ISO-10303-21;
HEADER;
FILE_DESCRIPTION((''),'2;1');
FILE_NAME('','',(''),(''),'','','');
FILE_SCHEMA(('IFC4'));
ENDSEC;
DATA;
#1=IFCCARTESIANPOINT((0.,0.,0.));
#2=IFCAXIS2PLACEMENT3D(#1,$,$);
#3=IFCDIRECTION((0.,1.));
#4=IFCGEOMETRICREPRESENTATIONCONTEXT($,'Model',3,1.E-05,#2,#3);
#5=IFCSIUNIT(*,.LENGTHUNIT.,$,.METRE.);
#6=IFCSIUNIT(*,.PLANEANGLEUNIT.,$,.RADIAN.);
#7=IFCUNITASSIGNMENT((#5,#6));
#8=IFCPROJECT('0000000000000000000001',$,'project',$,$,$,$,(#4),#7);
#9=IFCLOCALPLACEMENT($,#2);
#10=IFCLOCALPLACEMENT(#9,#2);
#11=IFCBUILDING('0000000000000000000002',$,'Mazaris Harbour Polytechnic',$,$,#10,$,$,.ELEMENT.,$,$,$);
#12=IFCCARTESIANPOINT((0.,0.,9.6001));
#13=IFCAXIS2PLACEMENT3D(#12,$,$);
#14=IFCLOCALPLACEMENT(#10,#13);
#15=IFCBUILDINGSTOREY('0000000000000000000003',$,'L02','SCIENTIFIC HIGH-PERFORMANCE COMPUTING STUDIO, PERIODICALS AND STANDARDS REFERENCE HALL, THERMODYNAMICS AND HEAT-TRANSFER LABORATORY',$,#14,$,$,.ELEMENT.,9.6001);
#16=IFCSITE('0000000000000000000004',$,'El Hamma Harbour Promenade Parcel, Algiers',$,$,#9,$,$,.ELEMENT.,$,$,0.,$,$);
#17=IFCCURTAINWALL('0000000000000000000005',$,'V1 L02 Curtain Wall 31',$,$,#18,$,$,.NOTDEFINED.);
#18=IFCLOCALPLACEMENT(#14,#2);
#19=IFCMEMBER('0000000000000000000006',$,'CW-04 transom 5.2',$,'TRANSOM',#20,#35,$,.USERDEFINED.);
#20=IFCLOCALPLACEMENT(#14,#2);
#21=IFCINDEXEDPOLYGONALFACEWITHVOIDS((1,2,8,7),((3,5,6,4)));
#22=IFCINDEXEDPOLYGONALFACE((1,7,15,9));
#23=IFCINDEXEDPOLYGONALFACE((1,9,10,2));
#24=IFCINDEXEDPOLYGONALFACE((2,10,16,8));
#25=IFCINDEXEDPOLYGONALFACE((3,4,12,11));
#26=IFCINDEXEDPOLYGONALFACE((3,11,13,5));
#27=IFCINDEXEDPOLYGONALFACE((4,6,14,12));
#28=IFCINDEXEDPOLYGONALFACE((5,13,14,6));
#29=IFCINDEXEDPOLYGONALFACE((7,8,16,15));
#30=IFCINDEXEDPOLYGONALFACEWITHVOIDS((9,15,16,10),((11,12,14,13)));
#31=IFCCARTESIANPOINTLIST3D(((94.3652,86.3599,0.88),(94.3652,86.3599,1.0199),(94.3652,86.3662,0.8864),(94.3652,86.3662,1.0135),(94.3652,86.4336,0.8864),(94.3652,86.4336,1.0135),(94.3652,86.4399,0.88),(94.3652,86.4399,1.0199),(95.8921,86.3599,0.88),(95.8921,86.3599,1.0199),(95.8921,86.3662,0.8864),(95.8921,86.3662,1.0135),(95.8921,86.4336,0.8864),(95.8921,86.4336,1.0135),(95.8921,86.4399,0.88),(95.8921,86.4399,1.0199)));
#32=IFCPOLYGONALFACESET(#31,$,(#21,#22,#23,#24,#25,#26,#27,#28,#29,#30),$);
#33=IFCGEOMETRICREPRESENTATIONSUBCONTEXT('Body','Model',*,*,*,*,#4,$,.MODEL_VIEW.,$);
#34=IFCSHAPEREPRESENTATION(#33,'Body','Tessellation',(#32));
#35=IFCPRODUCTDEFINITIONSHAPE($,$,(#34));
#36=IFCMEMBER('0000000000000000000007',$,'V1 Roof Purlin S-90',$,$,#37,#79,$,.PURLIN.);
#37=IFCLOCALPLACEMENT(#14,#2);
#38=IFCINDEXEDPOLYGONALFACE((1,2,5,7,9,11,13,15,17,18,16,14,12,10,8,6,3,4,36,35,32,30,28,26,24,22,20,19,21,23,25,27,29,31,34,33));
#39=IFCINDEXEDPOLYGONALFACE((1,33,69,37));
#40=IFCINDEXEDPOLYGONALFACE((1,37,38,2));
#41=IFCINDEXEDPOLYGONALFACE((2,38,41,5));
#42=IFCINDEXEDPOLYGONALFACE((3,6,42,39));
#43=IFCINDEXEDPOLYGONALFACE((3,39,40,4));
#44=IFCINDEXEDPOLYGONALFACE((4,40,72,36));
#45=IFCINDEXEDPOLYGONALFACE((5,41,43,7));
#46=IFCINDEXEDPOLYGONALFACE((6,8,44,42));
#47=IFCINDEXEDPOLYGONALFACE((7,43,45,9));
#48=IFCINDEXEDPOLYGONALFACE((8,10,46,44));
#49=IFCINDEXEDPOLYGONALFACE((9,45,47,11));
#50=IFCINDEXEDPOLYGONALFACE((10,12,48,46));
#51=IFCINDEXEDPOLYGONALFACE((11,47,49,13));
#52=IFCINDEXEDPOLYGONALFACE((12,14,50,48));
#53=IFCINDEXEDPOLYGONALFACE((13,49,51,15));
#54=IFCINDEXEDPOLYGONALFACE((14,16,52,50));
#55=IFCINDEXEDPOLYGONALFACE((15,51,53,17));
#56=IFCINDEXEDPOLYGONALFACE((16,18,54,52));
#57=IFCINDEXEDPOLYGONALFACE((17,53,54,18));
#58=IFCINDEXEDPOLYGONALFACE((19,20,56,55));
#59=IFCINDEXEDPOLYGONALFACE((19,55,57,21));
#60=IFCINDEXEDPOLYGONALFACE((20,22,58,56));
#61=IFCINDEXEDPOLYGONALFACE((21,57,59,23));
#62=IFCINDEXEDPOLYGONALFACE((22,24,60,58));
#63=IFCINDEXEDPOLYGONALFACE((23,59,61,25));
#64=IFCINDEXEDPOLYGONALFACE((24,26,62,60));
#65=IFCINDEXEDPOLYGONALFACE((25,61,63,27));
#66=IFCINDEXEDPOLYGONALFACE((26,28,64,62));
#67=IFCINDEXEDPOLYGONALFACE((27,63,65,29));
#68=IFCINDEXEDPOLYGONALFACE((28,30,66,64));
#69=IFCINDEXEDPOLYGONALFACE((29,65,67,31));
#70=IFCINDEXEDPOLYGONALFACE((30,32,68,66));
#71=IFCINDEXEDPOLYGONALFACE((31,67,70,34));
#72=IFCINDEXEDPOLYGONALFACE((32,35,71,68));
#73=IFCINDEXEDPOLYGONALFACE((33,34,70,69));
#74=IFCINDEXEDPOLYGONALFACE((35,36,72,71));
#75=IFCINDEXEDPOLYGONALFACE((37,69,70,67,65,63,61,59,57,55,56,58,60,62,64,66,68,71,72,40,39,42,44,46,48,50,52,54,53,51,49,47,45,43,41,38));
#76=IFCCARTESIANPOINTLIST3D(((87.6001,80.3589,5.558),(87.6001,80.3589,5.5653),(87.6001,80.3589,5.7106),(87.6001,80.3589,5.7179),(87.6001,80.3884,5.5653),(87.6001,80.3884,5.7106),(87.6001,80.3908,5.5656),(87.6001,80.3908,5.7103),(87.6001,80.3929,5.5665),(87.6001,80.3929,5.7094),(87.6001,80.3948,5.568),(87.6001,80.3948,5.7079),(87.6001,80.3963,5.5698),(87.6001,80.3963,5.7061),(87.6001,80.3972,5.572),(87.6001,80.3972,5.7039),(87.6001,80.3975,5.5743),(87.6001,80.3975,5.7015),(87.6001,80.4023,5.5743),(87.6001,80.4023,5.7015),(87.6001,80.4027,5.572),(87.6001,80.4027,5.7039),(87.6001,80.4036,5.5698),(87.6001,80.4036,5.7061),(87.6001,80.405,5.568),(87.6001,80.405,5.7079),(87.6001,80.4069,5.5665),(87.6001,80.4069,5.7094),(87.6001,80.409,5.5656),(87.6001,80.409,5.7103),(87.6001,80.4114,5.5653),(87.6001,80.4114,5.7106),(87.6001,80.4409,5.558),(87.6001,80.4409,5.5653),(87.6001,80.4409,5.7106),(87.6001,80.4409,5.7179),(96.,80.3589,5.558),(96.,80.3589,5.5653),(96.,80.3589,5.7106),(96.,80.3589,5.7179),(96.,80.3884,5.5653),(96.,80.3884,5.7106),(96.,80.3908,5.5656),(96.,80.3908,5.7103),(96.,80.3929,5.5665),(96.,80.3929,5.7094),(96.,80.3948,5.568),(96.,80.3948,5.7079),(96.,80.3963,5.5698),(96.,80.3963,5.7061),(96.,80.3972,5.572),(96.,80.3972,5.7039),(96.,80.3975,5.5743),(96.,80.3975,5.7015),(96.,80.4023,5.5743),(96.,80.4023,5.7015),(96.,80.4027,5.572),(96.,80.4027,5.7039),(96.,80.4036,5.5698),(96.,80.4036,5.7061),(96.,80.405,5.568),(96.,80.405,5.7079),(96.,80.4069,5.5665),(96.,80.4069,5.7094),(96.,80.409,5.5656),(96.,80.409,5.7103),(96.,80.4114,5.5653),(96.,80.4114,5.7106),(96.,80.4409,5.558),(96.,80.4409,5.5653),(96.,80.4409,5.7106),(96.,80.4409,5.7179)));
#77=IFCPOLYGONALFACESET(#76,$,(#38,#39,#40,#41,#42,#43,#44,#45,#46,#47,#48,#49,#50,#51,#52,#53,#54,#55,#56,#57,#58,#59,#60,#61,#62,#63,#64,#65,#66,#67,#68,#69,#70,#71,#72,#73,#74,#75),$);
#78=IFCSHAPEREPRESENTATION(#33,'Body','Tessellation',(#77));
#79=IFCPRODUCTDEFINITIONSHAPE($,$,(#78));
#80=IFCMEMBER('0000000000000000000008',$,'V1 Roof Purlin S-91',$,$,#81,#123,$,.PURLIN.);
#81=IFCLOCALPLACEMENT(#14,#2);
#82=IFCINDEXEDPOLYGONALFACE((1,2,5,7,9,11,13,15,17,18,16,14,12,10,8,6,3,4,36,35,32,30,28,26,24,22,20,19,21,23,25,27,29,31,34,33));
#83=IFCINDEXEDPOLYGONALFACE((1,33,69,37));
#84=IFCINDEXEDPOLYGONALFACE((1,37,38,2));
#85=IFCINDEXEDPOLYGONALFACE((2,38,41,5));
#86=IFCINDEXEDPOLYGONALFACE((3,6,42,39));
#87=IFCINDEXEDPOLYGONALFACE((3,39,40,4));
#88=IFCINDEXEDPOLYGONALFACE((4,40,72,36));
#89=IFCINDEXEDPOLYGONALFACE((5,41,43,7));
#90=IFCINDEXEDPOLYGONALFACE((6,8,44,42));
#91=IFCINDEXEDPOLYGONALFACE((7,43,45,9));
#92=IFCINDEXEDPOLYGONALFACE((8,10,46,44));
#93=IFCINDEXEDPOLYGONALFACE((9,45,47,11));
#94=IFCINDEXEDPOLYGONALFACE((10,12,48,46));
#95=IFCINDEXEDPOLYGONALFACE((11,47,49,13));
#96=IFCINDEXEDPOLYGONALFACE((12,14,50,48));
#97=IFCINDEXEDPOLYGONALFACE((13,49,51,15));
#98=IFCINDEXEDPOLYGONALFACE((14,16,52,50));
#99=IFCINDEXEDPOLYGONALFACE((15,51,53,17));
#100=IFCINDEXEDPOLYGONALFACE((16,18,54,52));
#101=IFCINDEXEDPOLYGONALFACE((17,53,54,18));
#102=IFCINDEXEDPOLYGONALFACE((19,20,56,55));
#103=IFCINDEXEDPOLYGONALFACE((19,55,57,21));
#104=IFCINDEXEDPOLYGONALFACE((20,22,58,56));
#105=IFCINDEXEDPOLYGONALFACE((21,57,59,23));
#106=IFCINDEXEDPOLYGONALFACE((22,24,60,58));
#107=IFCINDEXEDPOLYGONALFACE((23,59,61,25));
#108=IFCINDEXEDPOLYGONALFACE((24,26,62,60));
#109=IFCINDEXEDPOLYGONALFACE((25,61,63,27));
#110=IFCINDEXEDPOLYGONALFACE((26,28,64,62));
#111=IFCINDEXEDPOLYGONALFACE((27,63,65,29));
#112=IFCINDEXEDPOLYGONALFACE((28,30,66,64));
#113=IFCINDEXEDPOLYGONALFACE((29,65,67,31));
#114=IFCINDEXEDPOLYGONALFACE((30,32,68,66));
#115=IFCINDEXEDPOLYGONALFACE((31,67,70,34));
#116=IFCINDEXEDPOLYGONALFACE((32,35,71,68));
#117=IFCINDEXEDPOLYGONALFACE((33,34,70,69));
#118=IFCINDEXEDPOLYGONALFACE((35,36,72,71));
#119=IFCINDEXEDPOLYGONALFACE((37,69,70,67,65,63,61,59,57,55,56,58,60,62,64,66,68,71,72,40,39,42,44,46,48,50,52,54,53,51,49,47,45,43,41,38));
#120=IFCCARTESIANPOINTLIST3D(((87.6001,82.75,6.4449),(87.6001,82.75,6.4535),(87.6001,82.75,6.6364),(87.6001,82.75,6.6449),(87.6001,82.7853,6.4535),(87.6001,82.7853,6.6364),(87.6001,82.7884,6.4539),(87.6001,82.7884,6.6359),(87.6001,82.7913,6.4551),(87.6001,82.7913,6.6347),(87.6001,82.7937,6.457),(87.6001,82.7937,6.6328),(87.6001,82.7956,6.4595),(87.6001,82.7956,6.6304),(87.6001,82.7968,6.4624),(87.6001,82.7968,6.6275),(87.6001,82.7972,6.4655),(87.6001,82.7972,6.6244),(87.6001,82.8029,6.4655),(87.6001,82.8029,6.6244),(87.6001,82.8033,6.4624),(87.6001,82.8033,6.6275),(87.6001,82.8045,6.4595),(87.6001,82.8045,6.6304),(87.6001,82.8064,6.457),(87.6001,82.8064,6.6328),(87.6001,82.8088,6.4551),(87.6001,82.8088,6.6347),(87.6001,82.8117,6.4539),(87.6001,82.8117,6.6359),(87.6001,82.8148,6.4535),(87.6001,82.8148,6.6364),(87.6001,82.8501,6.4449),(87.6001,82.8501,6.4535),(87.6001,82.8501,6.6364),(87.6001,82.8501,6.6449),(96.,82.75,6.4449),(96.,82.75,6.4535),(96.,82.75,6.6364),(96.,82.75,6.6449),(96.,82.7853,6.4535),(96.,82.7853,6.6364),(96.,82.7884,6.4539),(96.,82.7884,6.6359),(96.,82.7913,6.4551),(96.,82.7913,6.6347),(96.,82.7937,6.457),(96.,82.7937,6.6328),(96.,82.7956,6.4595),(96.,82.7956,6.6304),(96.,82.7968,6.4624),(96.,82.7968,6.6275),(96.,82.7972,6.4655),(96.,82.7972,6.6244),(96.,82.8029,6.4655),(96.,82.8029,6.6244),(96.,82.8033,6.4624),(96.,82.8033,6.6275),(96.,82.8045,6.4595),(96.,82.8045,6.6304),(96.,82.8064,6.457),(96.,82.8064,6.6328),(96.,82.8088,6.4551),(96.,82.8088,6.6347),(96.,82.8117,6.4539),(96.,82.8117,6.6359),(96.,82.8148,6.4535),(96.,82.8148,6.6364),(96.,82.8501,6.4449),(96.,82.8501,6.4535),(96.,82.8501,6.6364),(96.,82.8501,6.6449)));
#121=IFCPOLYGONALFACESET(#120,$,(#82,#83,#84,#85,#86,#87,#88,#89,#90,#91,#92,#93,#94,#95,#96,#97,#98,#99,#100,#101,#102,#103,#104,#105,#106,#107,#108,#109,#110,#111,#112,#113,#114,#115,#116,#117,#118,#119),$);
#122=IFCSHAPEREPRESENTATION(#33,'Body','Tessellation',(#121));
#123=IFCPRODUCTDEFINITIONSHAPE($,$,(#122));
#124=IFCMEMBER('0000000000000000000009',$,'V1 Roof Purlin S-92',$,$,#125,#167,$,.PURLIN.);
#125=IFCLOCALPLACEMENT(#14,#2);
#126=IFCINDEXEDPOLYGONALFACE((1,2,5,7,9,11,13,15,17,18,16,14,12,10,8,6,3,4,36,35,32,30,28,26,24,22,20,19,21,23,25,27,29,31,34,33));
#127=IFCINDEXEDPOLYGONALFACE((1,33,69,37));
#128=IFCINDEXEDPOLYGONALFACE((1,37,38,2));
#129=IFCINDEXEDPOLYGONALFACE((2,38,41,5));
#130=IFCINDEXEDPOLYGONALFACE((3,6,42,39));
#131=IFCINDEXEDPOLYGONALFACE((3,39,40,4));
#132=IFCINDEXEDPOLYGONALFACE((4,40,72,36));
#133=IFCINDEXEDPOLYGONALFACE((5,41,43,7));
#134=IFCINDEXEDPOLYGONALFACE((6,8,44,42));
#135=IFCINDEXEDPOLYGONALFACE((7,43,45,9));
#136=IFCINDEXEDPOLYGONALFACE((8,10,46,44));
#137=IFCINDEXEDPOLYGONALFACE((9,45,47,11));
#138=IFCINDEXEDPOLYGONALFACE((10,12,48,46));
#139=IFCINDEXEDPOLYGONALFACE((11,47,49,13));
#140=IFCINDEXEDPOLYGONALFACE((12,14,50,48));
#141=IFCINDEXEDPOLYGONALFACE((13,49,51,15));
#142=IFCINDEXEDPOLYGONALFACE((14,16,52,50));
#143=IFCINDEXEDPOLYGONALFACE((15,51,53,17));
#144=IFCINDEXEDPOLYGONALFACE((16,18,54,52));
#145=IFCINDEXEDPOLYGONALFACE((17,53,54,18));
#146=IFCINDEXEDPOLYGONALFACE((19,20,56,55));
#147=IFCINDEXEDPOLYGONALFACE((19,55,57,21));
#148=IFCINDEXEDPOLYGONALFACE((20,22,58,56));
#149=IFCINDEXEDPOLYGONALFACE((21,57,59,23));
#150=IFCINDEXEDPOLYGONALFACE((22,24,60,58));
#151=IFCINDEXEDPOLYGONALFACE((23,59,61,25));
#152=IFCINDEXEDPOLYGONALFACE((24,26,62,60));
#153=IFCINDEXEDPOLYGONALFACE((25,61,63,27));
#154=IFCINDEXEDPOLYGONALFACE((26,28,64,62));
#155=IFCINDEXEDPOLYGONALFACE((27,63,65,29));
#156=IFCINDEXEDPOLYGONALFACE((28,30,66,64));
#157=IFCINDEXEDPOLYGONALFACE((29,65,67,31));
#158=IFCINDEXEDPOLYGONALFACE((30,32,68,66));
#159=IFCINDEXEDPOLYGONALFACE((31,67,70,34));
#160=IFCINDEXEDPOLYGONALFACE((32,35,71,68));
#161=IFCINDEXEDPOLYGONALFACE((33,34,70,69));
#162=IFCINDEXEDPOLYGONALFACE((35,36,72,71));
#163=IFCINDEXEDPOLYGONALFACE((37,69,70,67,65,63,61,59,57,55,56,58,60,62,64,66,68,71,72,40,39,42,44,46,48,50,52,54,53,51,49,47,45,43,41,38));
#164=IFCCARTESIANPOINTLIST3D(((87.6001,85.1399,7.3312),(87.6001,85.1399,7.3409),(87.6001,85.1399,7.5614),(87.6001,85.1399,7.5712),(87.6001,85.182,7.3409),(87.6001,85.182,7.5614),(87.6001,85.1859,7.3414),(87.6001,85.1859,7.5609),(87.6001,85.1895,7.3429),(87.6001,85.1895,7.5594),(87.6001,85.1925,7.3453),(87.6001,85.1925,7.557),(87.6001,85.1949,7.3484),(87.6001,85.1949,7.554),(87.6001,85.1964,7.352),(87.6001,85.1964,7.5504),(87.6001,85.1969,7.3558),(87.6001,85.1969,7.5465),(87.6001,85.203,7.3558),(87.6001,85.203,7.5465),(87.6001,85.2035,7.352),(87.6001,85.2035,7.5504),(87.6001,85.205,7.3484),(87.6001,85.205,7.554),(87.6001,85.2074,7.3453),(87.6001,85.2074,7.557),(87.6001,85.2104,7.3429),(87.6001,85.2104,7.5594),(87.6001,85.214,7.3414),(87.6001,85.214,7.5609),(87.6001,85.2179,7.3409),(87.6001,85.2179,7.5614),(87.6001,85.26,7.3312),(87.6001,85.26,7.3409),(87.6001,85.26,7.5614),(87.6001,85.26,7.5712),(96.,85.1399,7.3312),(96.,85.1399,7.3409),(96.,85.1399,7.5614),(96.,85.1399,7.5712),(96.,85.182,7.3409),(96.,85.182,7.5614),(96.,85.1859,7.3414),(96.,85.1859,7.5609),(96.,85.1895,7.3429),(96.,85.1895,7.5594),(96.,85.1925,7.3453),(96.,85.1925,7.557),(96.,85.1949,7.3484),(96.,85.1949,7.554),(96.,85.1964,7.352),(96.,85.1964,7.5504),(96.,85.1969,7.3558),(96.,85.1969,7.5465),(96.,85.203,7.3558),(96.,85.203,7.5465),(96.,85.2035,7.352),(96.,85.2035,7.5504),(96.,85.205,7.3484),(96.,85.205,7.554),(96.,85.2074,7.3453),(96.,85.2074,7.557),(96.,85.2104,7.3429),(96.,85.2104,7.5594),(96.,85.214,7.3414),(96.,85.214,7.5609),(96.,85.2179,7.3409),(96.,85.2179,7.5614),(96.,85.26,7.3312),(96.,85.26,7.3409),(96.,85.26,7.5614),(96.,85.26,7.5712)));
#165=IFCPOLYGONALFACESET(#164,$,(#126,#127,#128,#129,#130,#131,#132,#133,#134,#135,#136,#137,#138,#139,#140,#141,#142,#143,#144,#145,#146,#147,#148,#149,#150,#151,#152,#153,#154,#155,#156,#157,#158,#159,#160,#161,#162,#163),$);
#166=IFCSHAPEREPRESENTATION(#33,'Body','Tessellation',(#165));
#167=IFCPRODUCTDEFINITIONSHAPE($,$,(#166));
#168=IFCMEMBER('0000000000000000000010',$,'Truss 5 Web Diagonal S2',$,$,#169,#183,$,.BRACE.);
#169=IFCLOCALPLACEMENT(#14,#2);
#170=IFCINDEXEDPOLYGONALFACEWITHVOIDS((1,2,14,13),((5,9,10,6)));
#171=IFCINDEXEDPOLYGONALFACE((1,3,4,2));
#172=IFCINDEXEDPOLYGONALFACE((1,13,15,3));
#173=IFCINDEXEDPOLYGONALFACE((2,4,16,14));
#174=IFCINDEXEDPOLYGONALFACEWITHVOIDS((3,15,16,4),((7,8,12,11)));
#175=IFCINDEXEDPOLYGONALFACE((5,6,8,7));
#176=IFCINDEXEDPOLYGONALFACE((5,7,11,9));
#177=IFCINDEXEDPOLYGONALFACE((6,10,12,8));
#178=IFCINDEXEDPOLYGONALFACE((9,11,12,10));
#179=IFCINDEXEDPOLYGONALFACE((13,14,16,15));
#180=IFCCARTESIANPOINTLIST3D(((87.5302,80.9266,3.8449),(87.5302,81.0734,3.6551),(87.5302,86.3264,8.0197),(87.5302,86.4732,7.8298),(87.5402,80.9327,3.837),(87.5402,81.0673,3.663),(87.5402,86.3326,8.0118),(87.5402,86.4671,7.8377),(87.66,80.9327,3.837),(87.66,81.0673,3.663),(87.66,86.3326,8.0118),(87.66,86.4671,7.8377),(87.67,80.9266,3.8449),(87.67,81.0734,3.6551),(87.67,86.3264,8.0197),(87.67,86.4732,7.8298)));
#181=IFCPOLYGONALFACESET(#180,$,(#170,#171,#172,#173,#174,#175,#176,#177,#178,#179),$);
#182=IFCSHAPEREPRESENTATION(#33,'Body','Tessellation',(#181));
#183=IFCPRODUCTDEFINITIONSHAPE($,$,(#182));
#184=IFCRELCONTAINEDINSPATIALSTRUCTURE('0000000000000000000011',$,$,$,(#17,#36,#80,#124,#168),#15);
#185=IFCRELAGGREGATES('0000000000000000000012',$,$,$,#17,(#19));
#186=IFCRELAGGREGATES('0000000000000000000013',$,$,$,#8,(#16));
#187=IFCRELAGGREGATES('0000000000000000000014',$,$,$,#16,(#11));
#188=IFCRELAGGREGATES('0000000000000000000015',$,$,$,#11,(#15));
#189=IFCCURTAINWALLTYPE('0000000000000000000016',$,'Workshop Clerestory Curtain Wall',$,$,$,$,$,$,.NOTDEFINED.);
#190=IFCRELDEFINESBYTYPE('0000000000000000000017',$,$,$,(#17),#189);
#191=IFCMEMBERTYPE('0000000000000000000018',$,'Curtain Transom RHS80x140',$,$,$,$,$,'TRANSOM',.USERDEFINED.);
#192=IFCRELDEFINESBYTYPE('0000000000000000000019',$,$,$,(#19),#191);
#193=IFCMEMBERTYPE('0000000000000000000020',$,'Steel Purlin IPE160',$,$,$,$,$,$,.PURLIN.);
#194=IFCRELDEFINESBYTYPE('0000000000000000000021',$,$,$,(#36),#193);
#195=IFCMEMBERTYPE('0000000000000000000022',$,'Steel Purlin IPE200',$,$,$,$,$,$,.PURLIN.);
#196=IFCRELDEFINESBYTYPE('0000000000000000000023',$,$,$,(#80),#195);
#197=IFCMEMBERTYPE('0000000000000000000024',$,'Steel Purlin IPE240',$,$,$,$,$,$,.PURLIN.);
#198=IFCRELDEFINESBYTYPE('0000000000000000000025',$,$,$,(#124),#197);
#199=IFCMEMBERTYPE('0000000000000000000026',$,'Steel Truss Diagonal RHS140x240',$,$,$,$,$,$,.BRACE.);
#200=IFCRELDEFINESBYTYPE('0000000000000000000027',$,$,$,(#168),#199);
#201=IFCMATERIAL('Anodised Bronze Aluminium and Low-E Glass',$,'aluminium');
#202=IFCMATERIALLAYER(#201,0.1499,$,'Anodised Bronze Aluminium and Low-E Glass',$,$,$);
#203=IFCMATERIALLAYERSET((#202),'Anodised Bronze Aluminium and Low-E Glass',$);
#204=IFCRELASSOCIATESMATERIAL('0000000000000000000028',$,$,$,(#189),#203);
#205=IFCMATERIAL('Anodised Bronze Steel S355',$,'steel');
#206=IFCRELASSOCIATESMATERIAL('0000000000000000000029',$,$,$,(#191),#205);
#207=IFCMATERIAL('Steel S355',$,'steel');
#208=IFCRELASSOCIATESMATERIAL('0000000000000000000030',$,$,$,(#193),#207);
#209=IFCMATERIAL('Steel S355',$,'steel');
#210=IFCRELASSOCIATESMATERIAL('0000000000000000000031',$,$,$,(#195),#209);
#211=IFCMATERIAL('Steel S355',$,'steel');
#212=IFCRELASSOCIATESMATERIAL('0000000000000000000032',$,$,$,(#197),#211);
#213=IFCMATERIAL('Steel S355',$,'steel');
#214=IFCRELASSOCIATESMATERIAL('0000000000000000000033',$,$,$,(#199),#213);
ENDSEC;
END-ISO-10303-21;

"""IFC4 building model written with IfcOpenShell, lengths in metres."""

from ifc_helpers import new_model, si_unit, direction, frame, origin, origin_2d, place, context, subcontext, project, spatial, hollow_rectangle, i_section, extrude, material, layer, layer_set, material_profile, profile_set, type_object, element, aggregate, save


model = new_model("IFC4")

# Units and contexts
model_context = context("Model", 3, precision=1e-05, world=origin(), true_north=direction((0.0, 1.0)))
body_context = subcontext(model_context, "Body", "Model", "MODEL_VIEW")
ifc_project = project(units=[si_unit("LENGTHUNIT", "METRE"), si_unit("PLANEANGLEUNIT", "RADIAN")], contexts=[model_context])

# Site, building, storey
site_placement = place(None, origin())
site = spatial("IfcSite", under=ifc_project, at=site_placement, Name="El Hamma Harbour Promenade Parcel, Algiers", CompositionType="ELEMENT", RefElevation=0.0)
building_placement = place(site_placement, origin())
building = spatial("IfcBuilding", under=site, at=building_placement, Name="Mazaris Harbour Polytechnic", CompositionType="ELEMENT")
storey_placement = place(building_placement, frame((0.0, 0.0, 9.6001)))
storey = spatial("IfcBuildingStorey", under=building, at=storey_placement, Name="L02", Description="SCIENTIFIC HIGH-PERFORMANCE COMPUTING STUDIO, PERIODICALS AND STANDARDS REFERENCE HALL, THERMODYNAMICS AND HEAT-TRANSFER LABORATORY", CompositionType="ELEMENT", Elevation=9.6001)

# Curtain wall, member
ifc_material_1 = material(Name="Anodised Bronze Aluminium and Low-E Glass", Category="aluminium")
ifc_layer_1 = layer(ifc_material_1, 0.1499, Name="Anodised Bronze Aluminium and Low-E Glass")
ifc_layer_set_1 = layer_set([ifc_layer_1], Name="Anodised Bronze Aluminium and Low-E Glass")
curtain_wall_type = type_object("IfcCurtainWallType", Name="Workshop Clerestory Curtain Wall", PredefinedType="NOTDEFINED", material=ifc_layer_set_1)
curtain_wall_placement = place(storey_placement, origin())
curtain_wall = element("IfcCurtainWall", 1, at=curtain_wall_placement, inside=storey, type_object=curtain_wall_type, Name="V1 L02 Curtain Wall 31", PredefinedType="NOTDEFINED")
ifc_material_2 = material(Name="Anodised Bronze Steel S355", Category="steel")
ifc_material_profile_1 = material_profile(ifc_material_2, hollow_rectangle(XDim=0.0801, YDim=0.1399, WallThickness=0.0063, at=origin_2d()), Name="RHS 80x140x6.3")
ifc_profile_set_1 = profile_set([ifc_material_profile_1], Name="Anodised Bronze Steel S355")
member_type_1 = type_object("IfcMemberType", Name="Curtain Transom RHS80x140", ElementType="TRANSOM", PredefinedType="USERDEFINED", material=ifc_profile_set_1)
member_1_placement = place(storey_placement, frame((94.3652, 86.3999, 0.95), z_axis=(1.0, 0.0, 0.0), x_axis=(0.0, 1.0, 0.0)))
member_1 = element("IfcMember", 2, at=member_1_placement, type_object=member_type_1, Name="CW-04 transom 5.2", ObjectType="TRANSOM", PredefinedType="USERDEFINED", context=body_context, shape_type="SweptSolid", body=[
    extrude(hollow_rectangle(XDim=0.0801, YDim=0.1399, WallThickness=0.0063, at=origin_2d()), origin(), (0.0, 0.0, 1.0), 1.5269),
])

# Members
ifc_material_3 = material(Name="Steel S355", Category="steel")
ifc_material_profile_2 = material_profile(ifc_material_3, i_section(OverallWidth=0.082, OverallDepth=0.1599, WebThickness=0.0049, FlangeThickness=0.0073, FilletRadius=0.009, at=origin_2d()), Name="IPE 160")
ifc_profile_set_2 = profile_set([ifc_material_profile_2], Name="Steel S355")
member_type_2 = type_object("IfcMemberType", Name="Steel Purlin IPE160", PredefinedType="PURLIN", material=ifc_profile_set_2)
member_2_placement = place(storey_placement, frame((87.6001, 80.3999, 5.6379), z_axis=(1.0, 0.0, 0.0), x_axis=(0.0, 1.0, 0.0)))
element("IfcMember", 3, at=member_2_placement, inside=storey, type_object=member_type_2, Name="V1 Roof Purlin S-90", PredefinedType="PURLIN", context=body_context, shape_type="SweptSolid", body=[
    extrude(i_section(OverallWidth=0.082, OverallDepth=0.1599, WebThickness=0.0049, FlangeThickness=0.0073, FilletRadius=0.009, at=origin_2d()), origin(), (0.0, 0.0, 1.0), 8.3999),
])
ifc_material_4 = material(Name="Steel S355", Category="steel")
ifc_material_profile_3 = material_profile(ifc_material_4, i_section(OverallWidth=0.1001, OverallDepth=0.2, WebThickness=0.0056, FlangeThickness=0.0085, FilletRadius=0.012, at=origin_2d()), Name="IPE 200")
ifc_profile_set_3 = profile_set([ifc_material_profile_3], Name="Steel S355")
member_type_3 = type_object("IfcMemberType", Name="Steel Purlin IPE200", PredefinedType="PURLIN", material=ifc_profile_set_3)
member_3_placement = place(storey_placement, frame((87.6001, 82.8, 6.5449), z_axis=(1.0, 0.0, 0.0), x_axis=(0.0, 1.0, 0.0)))
element("IfcMember", 4, at=member_3_placement, inside=storey, type_object=member_type_3, Name="V1 Roof Purlin S-91", PredefinedType="PURLIN", context=body_context, shape_type="SweptSolid", body=[
    extrude(i_section(OverallWidth=0.1001, OverallDepth=0.2, WebThickness=0.0056, FlangeThickness=0.0085, FilletRadius=0.012, at=origin_2d()), origin(), (0.0, 0.0, 1.0), 8.3999),
])
ifc_material_5 = material(Name="Steel S355", Category="steel")
ifc_material_profile_4 = material_profile(ifc_material_5, i_section(OverallWidth=0.1201, OverallDepth=0.24, WebThickness=0.0061, FlangeThickness=0.0098, FilletRadius=0.0149, at=origin_2d()), Name="IPE 240")
ifc_profile_set_4 = profile_set([ifc_material_profile_4], Name="Steel S355")
member_type_4 = type_object("IfcMemberType", Name="Steel Purlin IPE240", PredefinedType="PURLIN", material=ifc_profile_set_4)
member_4_placement = place(storey_placement, frame((87.6001, 85.2, 7.4512), z_axis=(1.0, 0.0, 0.0), x_axis=(0.0, 1.0, 0.0)))
element("IfcMember", 5, at=member_4_placement, inside=storey, type_object=member_type_4, Name="V1 Roof Purlin S-92", PredefinedType="PURLIN", context=body_context, shape_type="SweptSolid", body=[
    extrude(i_section(OverallWidth=0.1201, OverallDepth=0.24, WebThickness=0.0061, FlangeThickness=0.0098, FilletRadius=0.0149, at=origin_2d()), origin(), (0.0, 0.0, 1.0), 8.3999),
])
ifc_material_6 = material(Name="Steel S355", Category="steel")
ifc_material_profile_5 = material_profile(ifc_material_6, hollow_rectangle(XDim=0.1399, YDim=0.24, WallThickness=0.01, at=origin_2d()), Name="RHS 140x240x10.0")
ifc_profile_set_5 = profile_set([ifc_material_profile_5], Name="Steel S355")
member_type_5 = type_object("IfcMemberType", Name="Steel Truss Diagonal RHS140x240", PredefinedType="BRACE", material=ifc_profile_set_5)
member_5_placement = place(storey_placement, frame((87.6001, 81.0, 3.75), z_axis=(0.0, 0.791132, 0.611645), x_axis=(-1.0, 0.0, 0.0)))
element("IfcMember", 6, at=member_5_placement, inside=storey, type_object=member_type_5, Name="Truss 5 Web Diagonal S2", PredefinedType="BRACE", context=body_context, shape_type="SweptSolid", body=[
    extrude(hollow_rectangle(XDim=0.1399, YDim=0.24, WallThickness=0.01, at=origin_2d()), origin(), (0.0, 0.0, 1.0), 6.8254),
])

aggregate(curtain_wall, [member_1])

save(model, "model.ifc")
